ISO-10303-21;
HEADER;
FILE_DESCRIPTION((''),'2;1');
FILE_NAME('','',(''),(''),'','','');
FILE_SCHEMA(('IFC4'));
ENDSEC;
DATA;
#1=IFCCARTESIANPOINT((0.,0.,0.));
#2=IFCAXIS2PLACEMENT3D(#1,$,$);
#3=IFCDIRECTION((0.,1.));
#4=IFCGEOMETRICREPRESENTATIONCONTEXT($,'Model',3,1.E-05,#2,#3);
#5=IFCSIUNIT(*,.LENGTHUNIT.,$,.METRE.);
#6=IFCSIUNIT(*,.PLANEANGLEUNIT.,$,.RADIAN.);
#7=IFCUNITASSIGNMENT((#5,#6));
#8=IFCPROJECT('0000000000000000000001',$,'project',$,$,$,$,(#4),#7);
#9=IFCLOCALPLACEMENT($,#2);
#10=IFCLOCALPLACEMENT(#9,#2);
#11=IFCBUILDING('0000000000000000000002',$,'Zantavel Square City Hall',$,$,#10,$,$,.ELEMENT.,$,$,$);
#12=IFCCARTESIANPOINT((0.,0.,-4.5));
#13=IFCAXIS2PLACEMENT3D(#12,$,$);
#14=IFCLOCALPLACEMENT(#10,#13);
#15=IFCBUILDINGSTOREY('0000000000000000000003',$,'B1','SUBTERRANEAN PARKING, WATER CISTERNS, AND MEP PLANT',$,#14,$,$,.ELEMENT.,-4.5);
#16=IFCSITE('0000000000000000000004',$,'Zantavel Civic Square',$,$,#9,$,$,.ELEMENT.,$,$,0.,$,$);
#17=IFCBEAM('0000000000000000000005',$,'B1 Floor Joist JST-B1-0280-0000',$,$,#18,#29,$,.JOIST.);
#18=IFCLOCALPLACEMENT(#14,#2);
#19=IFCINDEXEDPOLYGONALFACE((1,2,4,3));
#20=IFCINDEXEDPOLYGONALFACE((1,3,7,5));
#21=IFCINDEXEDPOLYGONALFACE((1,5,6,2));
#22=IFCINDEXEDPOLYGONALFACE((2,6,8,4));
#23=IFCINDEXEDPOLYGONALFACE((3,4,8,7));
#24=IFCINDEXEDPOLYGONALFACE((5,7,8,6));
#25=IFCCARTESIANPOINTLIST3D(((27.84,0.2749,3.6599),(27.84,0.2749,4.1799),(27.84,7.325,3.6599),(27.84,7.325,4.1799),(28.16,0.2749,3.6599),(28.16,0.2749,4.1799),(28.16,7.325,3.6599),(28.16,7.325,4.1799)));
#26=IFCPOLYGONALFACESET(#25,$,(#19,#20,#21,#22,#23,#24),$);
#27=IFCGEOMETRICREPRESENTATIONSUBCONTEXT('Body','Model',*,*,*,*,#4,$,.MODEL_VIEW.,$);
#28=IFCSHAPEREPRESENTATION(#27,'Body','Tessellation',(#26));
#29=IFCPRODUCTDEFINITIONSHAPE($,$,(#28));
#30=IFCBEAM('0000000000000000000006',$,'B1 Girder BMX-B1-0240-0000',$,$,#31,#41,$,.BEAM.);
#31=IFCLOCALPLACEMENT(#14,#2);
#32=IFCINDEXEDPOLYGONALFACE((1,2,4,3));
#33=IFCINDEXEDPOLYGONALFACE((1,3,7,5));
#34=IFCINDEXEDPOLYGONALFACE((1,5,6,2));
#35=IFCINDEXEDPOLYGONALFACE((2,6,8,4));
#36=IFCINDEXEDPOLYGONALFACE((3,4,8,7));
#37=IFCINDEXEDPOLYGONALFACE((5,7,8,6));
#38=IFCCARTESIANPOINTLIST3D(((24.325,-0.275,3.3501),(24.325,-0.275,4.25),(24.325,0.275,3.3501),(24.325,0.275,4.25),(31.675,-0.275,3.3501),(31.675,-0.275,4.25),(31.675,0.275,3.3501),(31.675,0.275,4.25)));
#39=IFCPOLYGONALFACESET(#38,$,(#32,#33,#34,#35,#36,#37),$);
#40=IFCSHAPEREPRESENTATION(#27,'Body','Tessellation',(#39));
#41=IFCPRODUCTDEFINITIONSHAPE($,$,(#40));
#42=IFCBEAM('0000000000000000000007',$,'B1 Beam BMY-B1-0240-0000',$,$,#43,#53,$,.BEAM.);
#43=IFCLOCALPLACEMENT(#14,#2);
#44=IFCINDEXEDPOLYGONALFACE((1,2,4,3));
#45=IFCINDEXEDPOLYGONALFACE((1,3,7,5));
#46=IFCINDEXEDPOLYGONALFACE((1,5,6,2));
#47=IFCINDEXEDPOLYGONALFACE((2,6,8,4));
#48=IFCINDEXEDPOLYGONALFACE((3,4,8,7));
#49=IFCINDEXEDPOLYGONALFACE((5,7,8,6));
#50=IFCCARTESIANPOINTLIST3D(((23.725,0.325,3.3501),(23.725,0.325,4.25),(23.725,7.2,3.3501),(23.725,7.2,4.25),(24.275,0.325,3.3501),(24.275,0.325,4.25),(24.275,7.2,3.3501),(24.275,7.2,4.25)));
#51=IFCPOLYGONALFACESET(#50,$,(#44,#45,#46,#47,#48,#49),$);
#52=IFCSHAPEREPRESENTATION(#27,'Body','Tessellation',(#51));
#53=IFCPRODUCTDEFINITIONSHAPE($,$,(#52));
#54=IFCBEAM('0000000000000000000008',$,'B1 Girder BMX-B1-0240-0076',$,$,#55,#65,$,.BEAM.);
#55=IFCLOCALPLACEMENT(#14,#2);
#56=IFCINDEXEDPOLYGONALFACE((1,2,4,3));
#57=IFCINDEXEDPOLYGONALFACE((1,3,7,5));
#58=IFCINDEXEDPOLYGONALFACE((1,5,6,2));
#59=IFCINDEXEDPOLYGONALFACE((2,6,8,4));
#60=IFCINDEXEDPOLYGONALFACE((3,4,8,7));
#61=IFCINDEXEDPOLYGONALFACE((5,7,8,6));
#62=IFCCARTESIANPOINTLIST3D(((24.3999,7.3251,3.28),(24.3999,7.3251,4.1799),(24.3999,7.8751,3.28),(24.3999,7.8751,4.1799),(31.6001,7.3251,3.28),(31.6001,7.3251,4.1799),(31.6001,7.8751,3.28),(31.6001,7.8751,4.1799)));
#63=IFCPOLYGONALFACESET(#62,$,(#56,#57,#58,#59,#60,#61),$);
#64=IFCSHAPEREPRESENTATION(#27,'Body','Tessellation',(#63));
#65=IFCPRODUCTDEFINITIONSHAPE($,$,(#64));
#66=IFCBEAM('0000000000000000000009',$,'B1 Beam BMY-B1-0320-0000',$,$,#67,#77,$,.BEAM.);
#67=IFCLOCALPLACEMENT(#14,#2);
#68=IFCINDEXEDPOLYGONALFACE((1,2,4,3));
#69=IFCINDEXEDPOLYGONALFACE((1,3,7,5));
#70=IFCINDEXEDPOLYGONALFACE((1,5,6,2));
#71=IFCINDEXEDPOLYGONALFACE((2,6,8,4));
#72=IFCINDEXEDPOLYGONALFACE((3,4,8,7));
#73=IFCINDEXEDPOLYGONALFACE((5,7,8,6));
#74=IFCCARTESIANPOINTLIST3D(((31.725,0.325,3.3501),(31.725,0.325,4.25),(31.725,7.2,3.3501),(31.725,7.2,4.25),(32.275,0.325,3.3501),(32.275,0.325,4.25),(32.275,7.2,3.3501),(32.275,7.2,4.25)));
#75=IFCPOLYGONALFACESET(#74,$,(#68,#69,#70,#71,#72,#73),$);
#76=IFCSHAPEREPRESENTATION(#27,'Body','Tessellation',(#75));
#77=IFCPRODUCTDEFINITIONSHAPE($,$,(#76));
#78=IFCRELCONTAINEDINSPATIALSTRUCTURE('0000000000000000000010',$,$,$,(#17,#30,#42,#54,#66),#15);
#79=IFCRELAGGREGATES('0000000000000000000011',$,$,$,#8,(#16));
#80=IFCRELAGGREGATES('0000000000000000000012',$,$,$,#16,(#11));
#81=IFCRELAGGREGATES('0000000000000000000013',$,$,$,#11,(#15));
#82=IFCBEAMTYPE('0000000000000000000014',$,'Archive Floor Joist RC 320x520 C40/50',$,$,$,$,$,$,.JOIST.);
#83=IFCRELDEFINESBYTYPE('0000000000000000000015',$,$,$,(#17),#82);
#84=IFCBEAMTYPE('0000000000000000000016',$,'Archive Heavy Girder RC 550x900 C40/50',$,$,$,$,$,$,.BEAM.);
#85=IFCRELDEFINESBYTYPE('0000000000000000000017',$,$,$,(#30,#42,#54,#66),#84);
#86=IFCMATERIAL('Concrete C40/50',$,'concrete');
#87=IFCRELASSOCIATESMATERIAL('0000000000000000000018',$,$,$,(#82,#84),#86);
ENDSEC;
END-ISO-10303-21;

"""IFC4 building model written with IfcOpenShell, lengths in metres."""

from ifc_helpers import new_model, si_unit, direction, frame, origin, origin_2d, place, context, subcontext, project, spatial, rectangle, extrude, material, material_profile, profile_set, type_object, element, save


model = new_model("IFC4")

# Units and contexts
model_context = context("Model", 3, precision=1e-05, world=origin(), true_north=direction((0.0, 1.0)))
body_context = subcontext(model_context, "Body", "Model", "MODEL_VIEW")
ifc_project = project(units=[si_unit("LENGTHUNIT", "METRE"), si_unit("PLANEANGLEUNIT", "RADIAN")], contexts=[model_context])

# Site, building, storey
site_placement = place(None, origin())
site = spatial("IfcSite", under=ifc_project, at=site_placement, Name="Zantavel Civic Square", CompositionType="ELEMENT", RefElevation=0.0)
building_placement = place(site_placement, origin())
building = spatial("IfcBuilding", under=site, at=building_placement, Name="Zantavel Square City Hall", CompositionType="ELEMENT")
storey_placement = place(building_placement, frame((0.0, 0.0, -4.5)))
storey = spatial("IfcBuildingStorey", under=building, at=storey_placement, Name="B1", Description="SUBTERRANEAN PARKING, WATER CISTERNS, AND MEP PLANT", CompositionType="ELEMENT", Elevation=-4.5)

# Shared definitions
ifc_material_1 = material(Name="Concrete C40/50", Category="concrete")

# Beams
ifc_material_profile_1 = material_profile(ifc_material_1, rectangle(XDim=0.3201, YDim=0.52, at=origin_2d()), Name="RC 320x520")
ifc_profile_set_1 = profile_set([ifc_material_profile_1], Name="Concrete C40/50")
beam_type_1 = type_object("IfcBeamType", Name="Archive Floor Joist RC 320x520 C40/50", PredefinedType="JOIST", material=ifc_profile_set_1)
beam_1_placement = place(storey_placement, frame((28.0, 0.2749, 3.9199), z_axis=(0.0, 1.0, 0.0), x_axis=(-1.0, 0.0, 0.0)))
element("IfcBeam", 1, at=beam_1_placement, inside=storey, type_object=beam_type_1, Name="B1 Floor Joist JST-B1-0280-0000", PredefinedType="JOIST", context=body_context, shape_type="SweptSolid", body=[
    extrude(rectangle(XDim=0.3201, YDim=0.52, at=origin_2d()), origin(), (0.0, 0.0, 1.0), 7.05),
])
ifc_material_profile_2 = material_profile(ifc_material_1, rectangle(XDim=0.55, YDim=0.8999, at=origin_2d()), Name="RC 550x900")
ifc_profile_set_2 = profile_set([ifc_material_profile_2], Name="Concrete C40/50")
beam_type_2 = type_object("IfcBeamType", Name="Archive Heavy Girder RC 550x900 C40/50", PredefinedType="BEAM", material=ifc_profile_set_2)
beam_2_placement = place(storey_placement, frame((24.325, 0.0, 3.8), z_axis=(1.0, 0.0, 0.0), x_axis=(0.0, 1.0, 0.0)))
element("IfcBeam", 2, at=beam_2_placement, inside=storey, type_object=beam_type_2, Name="B1 Girder BMX-B1-0240-0000", PredefinedType="BEAM", context=body_context, shape_type="SweptSolid", body=[
    extrude(rectangle(XDim=0.55, YDim=0.8999, at=origin_2d()), origin(), (0.0, 0.0, 1.0), 7.3501),
])
beam_3_placement = place(storey_placement, frame((24.0, 0.325, 3.8), z_axis=(0.0, 1.0, 0.0), x_axis=(-1.0, 0.0, 0.0)))
element("IfcBeam", 3, at=beam_3_placement, inside=storey, type_object=beam_type_2, Name="B1 Beam BMY-B1-0240-0000", PredefinedType="BEAM", context=body_context, shape_type="SweptSolid", body=[
    extrude(rectangle(XDim=0.55, YDim=0.8999, at=origin_2d()), origin(), (0.0, 0.0, 1.0), 6.875),
])
beam_4_placement = place(storey_placement, frame((24.3999, 7.6001, 3.73), z_axis=(1.0, 0.0, 0.0), x_axis=(0.0, 1.0, 0.0)))
element("IfcBeam", 4, at=beam_4_placement, inside=storey, type_object=beam_type_2, Name="B1 Girder BMX-B1-0240-0076", PredefinedType="BEAM", context=body_context, shape_type="SweptSolid", body=[
    extrude(rectangle(XDim=0.55, YDim=0.8999, at=origin_2d()), origin(), (0.0, 0.0, 1.0), 7.2002),
])
beam_5_placement = place(storey_placement, frame((32.0, 0.325, 3.8), z_axis=(0.0, 1.0, 0.0), x_axis=(-1.0, 0.0, 0.0)))
element("IfcBeam", 5, at=beam_5_placement, inside=storey, type_object=beam_type_2, Name="B1 Beam BMY-B1-0320-0000", PredefinedType="BEAM", context=body_context, shape_type="SweptSolid", body=[
    extrude(rectangle(XDim=0.55, YDim=0.8999, at=origin_2d()), origin(), (0.0, 0.0, 1.0), 6.875),
])

save(model, "model.ifc")
